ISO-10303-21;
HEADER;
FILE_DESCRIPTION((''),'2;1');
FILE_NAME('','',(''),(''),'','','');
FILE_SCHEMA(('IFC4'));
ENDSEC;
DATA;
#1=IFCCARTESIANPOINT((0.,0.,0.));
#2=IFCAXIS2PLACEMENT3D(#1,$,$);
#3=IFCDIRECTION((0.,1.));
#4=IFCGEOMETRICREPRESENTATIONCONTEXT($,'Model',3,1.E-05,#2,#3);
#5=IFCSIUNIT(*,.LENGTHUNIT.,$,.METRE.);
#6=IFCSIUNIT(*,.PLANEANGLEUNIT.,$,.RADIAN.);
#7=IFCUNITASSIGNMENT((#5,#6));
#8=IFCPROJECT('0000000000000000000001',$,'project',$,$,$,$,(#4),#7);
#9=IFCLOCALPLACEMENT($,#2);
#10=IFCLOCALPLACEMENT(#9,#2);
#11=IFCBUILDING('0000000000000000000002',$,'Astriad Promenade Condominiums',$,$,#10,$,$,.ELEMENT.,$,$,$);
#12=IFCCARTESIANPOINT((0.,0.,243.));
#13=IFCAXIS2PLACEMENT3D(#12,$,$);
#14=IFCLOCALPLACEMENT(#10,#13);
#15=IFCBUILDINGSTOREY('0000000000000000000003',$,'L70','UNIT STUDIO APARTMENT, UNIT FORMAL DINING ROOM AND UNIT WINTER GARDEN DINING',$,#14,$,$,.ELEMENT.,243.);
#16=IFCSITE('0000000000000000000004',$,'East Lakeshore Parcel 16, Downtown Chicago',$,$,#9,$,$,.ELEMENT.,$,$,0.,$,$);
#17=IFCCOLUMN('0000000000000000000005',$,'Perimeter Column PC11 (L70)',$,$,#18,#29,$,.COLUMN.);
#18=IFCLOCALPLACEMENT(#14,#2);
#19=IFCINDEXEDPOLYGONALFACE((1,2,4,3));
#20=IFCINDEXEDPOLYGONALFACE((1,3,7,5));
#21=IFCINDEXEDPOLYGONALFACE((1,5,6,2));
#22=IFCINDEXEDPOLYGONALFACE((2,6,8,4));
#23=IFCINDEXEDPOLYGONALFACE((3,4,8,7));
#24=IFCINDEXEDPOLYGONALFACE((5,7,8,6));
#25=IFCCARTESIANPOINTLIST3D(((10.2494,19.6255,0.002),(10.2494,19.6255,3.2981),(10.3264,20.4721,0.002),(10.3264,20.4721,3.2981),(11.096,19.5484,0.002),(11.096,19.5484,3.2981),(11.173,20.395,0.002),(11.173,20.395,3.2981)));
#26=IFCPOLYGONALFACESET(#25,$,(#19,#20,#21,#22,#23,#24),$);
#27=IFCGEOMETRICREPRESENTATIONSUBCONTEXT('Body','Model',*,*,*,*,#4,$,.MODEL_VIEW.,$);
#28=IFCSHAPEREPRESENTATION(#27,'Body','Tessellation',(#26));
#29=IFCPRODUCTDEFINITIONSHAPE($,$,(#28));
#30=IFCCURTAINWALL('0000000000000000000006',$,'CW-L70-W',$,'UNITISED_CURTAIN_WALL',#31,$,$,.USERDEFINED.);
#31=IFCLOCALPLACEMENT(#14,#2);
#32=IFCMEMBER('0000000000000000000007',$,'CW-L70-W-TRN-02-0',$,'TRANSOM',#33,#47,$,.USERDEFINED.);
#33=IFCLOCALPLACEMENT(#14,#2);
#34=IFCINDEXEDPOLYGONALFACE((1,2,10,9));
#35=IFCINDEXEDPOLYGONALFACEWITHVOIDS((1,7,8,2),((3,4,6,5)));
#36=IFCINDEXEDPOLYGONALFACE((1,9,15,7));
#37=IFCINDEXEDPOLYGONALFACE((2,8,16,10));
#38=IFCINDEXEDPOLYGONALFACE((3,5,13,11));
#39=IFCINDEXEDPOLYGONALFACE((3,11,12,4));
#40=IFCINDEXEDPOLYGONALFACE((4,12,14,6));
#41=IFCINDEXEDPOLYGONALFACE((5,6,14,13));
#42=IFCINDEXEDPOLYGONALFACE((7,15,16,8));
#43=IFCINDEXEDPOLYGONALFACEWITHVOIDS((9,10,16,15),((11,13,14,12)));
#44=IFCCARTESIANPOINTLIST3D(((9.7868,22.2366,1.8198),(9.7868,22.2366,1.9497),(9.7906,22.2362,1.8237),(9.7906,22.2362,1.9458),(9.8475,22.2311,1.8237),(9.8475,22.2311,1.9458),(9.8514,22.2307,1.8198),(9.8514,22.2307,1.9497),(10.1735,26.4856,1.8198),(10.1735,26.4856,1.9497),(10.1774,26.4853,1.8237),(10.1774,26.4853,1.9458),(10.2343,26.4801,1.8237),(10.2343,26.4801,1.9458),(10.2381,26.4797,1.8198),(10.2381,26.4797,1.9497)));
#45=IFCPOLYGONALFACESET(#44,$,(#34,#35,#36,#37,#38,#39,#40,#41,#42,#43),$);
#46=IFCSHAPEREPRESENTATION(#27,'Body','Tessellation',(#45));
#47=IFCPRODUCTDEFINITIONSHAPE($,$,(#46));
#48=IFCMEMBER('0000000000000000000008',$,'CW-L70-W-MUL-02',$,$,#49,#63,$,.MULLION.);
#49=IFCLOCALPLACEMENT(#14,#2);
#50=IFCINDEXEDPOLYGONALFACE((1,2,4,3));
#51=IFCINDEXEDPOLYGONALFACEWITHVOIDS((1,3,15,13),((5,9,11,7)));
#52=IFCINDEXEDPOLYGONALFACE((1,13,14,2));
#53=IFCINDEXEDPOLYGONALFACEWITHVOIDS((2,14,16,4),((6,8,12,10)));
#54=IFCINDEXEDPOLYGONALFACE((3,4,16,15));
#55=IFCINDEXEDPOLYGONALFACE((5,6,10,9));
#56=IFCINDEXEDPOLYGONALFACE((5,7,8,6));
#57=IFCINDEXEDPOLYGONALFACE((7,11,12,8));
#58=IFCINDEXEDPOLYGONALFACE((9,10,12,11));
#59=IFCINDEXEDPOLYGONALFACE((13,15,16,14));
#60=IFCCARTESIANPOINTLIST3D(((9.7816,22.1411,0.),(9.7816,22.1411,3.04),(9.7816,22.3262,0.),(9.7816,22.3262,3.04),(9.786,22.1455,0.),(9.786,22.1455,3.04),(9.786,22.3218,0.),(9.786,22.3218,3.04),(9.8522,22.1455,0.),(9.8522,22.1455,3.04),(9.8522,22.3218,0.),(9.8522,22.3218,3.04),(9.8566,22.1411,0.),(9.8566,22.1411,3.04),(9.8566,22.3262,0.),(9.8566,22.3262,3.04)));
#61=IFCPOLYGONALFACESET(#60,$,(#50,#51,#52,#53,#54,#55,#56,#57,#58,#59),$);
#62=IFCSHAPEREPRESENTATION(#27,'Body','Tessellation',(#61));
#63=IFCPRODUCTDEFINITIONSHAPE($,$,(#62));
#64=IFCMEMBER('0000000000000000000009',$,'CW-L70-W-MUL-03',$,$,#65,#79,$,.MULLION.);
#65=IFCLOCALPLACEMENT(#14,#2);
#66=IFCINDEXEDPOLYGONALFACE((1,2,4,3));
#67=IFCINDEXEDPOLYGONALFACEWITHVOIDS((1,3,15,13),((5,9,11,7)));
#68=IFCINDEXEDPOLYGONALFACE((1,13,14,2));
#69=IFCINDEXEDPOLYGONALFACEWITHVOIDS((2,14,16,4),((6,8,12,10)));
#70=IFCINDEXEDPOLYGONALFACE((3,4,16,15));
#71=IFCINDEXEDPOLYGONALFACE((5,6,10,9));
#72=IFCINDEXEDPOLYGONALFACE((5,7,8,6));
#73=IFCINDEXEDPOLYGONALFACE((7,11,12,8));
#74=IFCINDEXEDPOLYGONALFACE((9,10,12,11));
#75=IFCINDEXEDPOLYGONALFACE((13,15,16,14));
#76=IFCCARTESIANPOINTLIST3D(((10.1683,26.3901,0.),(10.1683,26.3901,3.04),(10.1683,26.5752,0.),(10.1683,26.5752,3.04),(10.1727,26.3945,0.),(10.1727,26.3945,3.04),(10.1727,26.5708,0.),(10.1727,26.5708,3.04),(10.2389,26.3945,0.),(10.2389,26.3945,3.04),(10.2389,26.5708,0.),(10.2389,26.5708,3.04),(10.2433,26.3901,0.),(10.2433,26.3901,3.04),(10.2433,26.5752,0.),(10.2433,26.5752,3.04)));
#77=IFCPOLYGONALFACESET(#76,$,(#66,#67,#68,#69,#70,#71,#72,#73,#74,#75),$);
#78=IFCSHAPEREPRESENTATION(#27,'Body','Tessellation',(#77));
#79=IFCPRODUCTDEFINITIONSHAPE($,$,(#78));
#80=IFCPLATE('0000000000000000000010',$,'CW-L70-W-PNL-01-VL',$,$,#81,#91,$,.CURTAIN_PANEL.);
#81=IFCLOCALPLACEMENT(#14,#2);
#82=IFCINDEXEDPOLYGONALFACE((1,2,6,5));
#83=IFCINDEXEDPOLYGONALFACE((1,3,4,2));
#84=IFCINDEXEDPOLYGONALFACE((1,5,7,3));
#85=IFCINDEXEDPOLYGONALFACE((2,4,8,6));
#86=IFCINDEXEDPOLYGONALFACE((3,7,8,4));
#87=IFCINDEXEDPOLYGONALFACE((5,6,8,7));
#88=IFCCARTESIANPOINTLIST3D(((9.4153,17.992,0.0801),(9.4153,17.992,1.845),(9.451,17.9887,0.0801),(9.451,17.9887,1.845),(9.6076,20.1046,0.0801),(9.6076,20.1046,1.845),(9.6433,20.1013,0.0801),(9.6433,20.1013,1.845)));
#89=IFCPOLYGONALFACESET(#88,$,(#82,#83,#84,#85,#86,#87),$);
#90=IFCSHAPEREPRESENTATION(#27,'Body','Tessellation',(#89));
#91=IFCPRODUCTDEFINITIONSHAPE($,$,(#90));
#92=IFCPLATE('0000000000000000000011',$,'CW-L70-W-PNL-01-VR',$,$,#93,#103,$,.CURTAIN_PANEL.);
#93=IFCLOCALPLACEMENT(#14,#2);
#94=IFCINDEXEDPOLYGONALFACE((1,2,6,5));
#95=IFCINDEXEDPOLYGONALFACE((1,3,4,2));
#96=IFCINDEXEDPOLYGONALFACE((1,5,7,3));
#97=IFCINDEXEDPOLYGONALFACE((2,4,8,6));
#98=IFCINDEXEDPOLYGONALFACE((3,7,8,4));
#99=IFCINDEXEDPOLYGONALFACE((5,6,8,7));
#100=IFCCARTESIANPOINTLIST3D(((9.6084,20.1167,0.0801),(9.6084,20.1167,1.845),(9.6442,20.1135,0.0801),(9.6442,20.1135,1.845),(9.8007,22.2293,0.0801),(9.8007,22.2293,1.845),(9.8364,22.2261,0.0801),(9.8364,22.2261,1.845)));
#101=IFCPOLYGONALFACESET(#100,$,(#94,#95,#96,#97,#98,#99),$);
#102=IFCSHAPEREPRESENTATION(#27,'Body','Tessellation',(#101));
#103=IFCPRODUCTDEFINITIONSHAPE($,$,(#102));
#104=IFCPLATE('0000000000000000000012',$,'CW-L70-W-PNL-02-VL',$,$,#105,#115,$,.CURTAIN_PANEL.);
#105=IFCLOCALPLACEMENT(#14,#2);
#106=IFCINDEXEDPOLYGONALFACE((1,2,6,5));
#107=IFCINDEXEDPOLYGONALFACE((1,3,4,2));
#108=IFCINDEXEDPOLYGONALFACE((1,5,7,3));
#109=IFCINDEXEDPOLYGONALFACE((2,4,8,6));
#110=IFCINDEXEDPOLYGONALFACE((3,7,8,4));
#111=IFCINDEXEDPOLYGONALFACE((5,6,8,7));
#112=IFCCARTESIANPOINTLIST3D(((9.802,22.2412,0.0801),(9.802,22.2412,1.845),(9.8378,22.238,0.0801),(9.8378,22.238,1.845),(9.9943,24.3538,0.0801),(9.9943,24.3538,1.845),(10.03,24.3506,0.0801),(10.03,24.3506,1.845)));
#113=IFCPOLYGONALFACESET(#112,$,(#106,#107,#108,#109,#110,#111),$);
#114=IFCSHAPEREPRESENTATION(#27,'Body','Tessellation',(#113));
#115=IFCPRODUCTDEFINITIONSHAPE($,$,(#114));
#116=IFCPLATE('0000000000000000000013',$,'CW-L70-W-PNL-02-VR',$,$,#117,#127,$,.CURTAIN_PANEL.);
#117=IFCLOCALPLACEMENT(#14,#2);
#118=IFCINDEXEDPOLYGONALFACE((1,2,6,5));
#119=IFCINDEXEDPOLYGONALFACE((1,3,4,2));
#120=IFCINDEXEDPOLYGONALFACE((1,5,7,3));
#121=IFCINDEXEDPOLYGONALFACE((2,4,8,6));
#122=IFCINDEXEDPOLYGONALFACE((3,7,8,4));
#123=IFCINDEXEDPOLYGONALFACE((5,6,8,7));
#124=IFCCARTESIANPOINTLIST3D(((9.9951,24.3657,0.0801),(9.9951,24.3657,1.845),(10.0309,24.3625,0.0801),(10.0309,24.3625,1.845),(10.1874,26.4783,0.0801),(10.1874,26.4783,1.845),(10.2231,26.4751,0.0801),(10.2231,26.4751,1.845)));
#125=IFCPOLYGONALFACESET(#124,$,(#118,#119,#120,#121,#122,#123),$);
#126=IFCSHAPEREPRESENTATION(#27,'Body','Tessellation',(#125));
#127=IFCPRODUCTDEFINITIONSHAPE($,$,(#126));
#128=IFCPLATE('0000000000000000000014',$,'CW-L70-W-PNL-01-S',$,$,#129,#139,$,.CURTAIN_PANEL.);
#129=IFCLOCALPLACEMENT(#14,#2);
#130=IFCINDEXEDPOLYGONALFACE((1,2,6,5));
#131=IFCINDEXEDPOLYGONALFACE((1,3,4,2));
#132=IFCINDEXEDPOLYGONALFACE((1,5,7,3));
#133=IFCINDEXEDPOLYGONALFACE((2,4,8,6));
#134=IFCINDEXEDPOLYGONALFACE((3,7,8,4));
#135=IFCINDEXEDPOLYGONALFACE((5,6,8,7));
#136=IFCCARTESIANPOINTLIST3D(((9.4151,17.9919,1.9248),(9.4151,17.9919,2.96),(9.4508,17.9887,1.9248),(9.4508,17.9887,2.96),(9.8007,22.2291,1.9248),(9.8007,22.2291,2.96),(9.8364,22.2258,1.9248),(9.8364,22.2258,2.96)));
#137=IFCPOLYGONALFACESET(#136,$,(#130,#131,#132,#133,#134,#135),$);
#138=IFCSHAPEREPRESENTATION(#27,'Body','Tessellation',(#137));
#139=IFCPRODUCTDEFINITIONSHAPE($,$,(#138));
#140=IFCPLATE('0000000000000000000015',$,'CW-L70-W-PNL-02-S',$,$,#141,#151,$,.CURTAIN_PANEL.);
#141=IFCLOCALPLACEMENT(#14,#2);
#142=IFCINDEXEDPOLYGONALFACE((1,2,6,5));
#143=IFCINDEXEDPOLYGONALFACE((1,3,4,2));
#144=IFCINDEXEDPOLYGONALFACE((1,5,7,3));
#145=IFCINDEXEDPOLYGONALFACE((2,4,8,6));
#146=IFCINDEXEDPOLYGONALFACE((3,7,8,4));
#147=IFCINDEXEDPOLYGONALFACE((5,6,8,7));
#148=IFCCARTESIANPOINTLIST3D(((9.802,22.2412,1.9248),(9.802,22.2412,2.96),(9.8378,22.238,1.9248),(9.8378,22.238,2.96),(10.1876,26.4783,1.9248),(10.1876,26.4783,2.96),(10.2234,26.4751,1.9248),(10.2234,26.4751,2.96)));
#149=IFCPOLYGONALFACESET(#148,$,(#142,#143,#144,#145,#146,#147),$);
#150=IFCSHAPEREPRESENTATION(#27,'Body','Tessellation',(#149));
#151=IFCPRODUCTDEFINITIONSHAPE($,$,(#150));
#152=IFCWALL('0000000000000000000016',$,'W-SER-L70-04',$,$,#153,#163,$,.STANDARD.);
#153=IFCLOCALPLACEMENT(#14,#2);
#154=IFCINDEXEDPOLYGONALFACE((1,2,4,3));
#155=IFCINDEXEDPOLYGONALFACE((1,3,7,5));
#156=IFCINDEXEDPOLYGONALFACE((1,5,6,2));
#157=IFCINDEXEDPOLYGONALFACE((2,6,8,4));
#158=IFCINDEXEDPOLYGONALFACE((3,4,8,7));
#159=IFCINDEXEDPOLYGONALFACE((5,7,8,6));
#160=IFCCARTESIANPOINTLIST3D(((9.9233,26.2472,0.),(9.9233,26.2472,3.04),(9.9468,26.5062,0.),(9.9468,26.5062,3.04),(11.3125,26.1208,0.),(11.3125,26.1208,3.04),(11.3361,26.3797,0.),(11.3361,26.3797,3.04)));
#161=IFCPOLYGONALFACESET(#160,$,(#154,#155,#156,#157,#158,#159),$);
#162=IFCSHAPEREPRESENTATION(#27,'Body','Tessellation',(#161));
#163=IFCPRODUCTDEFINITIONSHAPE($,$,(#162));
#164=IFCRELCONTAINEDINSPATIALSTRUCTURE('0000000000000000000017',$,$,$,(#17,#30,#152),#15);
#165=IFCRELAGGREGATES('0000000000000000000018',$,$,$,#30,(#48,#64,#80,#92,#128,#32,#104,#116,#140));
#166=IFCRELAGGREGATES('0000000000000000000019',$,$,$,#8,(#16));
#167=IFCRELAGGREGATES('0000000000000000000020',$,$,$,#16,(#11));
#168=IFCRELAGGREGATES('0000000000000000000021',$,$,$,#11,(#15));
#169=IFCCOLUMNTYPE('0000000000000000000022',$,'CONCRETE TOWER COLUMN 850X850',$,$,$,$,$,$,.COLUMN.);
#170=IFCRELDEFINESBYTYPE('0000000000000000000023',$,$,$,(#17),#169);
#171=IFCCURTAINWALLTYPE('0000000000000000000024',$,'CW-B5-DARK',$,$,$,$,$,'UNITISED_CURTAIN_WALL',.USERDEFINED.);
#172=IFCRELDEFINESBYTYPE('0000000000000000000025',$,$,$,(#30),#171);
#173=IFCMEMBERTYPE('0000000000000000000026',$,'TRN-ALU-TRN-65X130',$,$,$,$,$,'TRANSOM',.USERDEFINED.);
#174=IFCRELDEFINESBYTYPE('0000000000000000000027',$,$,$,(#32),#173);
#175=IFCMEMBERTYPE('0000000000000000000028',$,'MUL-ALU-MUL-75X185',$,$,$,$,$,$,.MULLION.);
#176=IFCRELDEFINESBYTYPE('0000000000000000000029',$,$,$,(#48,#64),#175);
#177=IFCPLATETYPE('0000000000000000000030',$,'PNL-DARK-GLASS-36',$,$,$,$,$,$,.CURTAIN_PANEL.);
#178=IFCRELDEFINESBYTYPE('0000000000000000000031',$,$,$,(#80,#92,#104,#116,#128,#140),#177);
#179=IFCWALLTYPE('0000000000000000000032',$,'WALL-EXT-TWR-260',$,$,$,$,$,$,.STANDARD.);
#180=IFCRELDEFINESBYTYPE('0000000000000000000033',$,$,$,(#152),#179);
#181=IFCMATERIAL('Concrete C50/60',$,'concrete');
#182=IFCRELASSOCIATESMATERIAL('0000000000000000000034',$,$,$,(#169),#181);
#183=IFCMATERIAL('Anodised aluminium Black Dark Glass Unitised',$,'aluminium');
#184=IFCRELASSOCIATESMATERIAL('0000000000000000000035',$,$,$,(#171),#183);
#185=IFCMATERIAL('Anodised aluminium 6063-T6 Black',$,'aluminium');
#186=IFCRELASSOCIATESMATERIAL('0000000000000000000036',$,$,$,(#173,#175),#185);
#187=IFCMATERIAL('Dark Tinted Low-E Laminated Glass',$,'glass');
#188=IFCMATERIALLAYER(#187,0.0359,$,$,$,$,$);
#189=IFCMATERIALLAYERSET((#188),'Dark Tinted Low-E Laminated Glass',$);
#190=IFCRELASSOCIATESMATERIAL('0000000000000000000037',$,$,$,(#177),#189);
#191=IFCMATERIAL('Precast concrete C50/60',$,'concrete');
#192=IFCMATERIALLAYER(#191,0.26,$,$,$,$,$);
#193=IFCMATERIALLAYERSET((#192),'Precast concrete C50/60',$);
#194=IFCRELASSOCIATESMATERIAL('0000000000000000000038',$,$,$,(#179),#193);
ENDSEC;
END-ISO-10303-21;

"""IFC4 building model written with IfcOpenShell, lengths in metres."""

from ifc_helpers import new_model, si_unit, direction, frame, frame_2d, origin, origin_2d, place, context, subcontext, project, spatial, rectangle, hollow_rectangle, extrude, source, transform, mapped, material, layer, layer_set, material_profile, profile_set, type_object, type_shapes, element, aggregate, save


model = new_model("IFC4")

# Units and contexts
model_context = context("Model", 3, precision=1e-05, world=origin(), true_north=direction((0.0, 1.0)))
body_context = subcontext(model_context, "Body", "Model", "MODEL_VIEW")
ifc_project = project(units=[si_unit("LENGTHUNIT", "METRE"), si_unit("PLANEANGLEUNIT", "RADIAN")], contexts=[model_context])

# Site, building, storey
site_placement = place(None, origin())
site = spatial("IfcSite", under=ifc_project, at=site_placement, Name="East Lakeshore Parcel 16, Downtown Chicago", CompositionType="ELEMENT", RefElevation=0.0)
building_placement = place(site_placement, origin())
building = spatial("IfcBuilding", under=site, at=building_placement, Name="Astriad Promenade Condominiums", CompositionType="ELEMENT")
storey_placement = place(building_placement, frame((0.0, 0.0, 243.0)))
storey = spatial("IfcBuildingStorey", under=building, at=storey_placement, Name="L70", Description="UNIT STUDIO APARTMENT, UNIT FORMAL DINING ROOM AND UNIT WINTER GARDEN DINING", CompositionType="ELEMENT", Elevation=243.0)

# Column
ifc_material_1 = material(Name="Concrete C50/60", Category="concrete")
ifc_material_profile_1 = material_profile(ifc_material_1, rectangle(XDim=0.8501, YDim=0.8501, at=origin_2d()), Name="RC-COL-850X850")
ifc_profile_set_1 = profile_set([ifc_material_profile_1], Name="Concrete C50/60")
column_type = type_object("IfcColumnType", Name="CONCRETE TOWER COLUMN 850X850", PredefinedType="COLUMN", material=ifc_profile_set_1)
shared_shape_1 = source(origin(), body_context, "Body", "SweptSolid", [
    extrude(rectangle(XDim=0.8501, YDim=0.8501, at=origin_2d()), origin(), (0.0, 0.0, 1.0), 3.2961),
])
type_shapes(column_type, [shared_shape_1])
column_placement = place(storey_placement, frame((10.7112, 20.0103, 0.002), z_axis=(0.0, 0.0, 1.0), x_axis=(0.995884, -0.090633, 0.0)))
element("IfcColumn", 1, at=column_placement, inside=storey, type_object=column_type, Name="Perimeter Column PC11 (L70)", PredefinedType="COLUMN", context=body_context, shape_type="MappedRepresentation", body=[
    mapped(shared_shape_1, transform((0.0, 0.0, 0.0), scale=1.0)),
])

# Curtain wall, members, plates
ifc_material_2 = material(Name="Anodised aluminium Black Dark Glass Unitised", Category="aluminium")
curtain_wall_type = type_object("IfcCurtainWallType", Name="CW-B5-DARK", ElementType="UNITISED_CURTAIN_WALL", PredefinedType="USERDEFINED", material=ifc_material_2)
curtain_wall_placement = place(storey_placement, origin())
curtain_wall = element("IfcCurtainWall", 2, at=curtain_wall_placement, inside=storey, type_object=curtain_wall_type, Name="CW-L70-W", ObjectType="UNITISED_CURTAIN_WALL", PredefinedType="USERDEFINED")
ifc_material_3 = material(Name="Anodised aluminium 6063-T6 Black", Category="aluminium")
ifc_material_profile_2 = material_profile(ifc_material_3, hollow_rectangle(XDim=0.0649, YDim=0.1299, WallThickness=0.0039, at=origin_2d()), Name="ALU-TRN-65X130")
ifc_profile_set_2 = profile_set([ifc_material_profile_2], Name="Anodised aluminium 6063-T6 Black")
member_type_1 = type_object("IfcMemberType", Name="TRN-ALU-TRN-65X130", ElementType="TRANSOM", PredefinedType="USERDEFINED", material=ifc_profile_set_2)
shared_shape_2 = source(origin(), body_context, "Body", "SweptSolid", [
    extrude(hollow_rectangle(XDim=0.0649, YDim=0.1299, WallThickness=0.0039, at=origin_2d()), origin(), (0.0, 0.0, 1.0), 4.2666),
])
type_shapes(member_type_1, [shared_shape_2])
member_1_placement = place(storey_placement, frame((9.8191, 22.2336, 1.8848), z_axis=(0.090639, 0.995884, 0.0), x_axis=(-0.995884, 0.090639, 0.0)))
member_1 = element("IfcMember", 3, at=member_1_placement, type_object=member_type_1, Name="CW-L70-W-TRN-02-0", ObjectType="TRANSOM", PredefinedType="USERDEFINED", context=body_context, shape_type="MappedRepresentation", body=[
    mapped(shared_shape_2, transform((0.0, 0.0, 0.0), scale=1.0)),
])
ifc_material_profile_3 = material_profile(ifc_material_3, hollow_rectangle(XDim=0.075, YDim=0.1851, WallThickness=0.0044, at=origin_2d()), Name="ALU-MUL-75X185")
ifc_profile_set_3 = profile_set([ifc_material_profile_3], Name="Anodised aluminium 6063-T6 Black")
member_type_2 = type_object("IfcMemberType", Name="MUL-ALU-MUL-75X185", PredefinedType="MULLION", material=ifc_profile_set_3)
shared_shape_3 = source(origin(), body_context, "Body", "SweptSolid", [
    extrude(hollow_rectangle(XDim=0.075, YDim=0.1851, WallThickness=0.0044, at=origin_2d()), origin(), (0.0, 0.0, 1.0), 3.04),
])
type_shapes(member_type_2, [shared_shape_3])
member_2_placement = place(storey_placement, frame((9.8191, 22.2336, 0.0), z_axis=(0.0, 0.0, 1.0), x_axis=(1.0, 0.0, 0.0)))
member_2 = element("IfcMember", 4, at=member_2_placement, type_object=member_type_2, Name="CW-L70-W-MUL-02", PredefinedType="MULLION", context=body_context, shape_type="MappedRepresentation", body=[
    mapped(shared_shape_3, transform((0.0, 0.0, 0.0), scale=1.0)),
])
member_3_placement = place(storey_placement, frame((10.2058, 26.4827, 0.0), z_axis=(0.0, 0.0, 1.0), x_axis=(1.0, 0.0, 0.0)))
member_3 = element("IfcMember", 5, at=member_3_placement, type_object=member_type_2, Name="CW-L70-W-MUL-03", PredefinedType="MULLION", context=body_context, shape_type="MappedRepresentation", body=[
    mapped(shared_shape_3, transform((0.0, 0.0, 0.0), scale=1.0)),
])
ifc_material_4 = material(Name="Dark Tinted Low-E Laminated Glass", Category="glass")
ifc_layer_1 = layer(ifc_material_4, 0.0359)
ifc_layer_set_1 = layer_set([ifc_layer_1], Name="Dark Tinted Low-E Laminated Glass")
plate_type = type_object("IfcPlateType", Name="PNL-DARK-GLASS-36", PredefinedType="CURTAIN_PANEL", material=ifc_layer_set_1)
shared_shape_4 = source(origin(), body_context, "Body", "SweptSolid", [
    extrude(rectangle(XDim=2.1213, YDim=0.0359, at=origin_2d()), origin(), (0.0, 0.0, 1.0), 1.7649),
])
plate_1_placement = place(storey_placement, frame((9.5293, 19.0466, 0.0801), z_axis=(0.0, 0.0, 1.0), x_axis=(0.090633, 0.995884, 0.0)))
plate_1 = element("IfcPlate", 6, at=plate_1_placement, type_object=plate_type, Name="CW-L70-W-PNL-01-VL", PredefinedType="CURTAIN_PANEL", context=body_context, shape_type="MappedRepresentation", body=[
    mapped(shared_shape_4, transform((0.0, 0.0, 0.0), scale=1.0)),
])
plate_2_placement = place(storey_placement, frame((9.7224, 21.1714, 0.0801), z_axis=(0.0, 0.0, 1.0), x_axis=(0.090633, 0.995884, 0.0)))
plate_2 = element("IfcPlate", 7, at=plate_2_placement, type_object=plate_type, Name="CW-L70-W-PNL-01-VR", PredefinedType="CURTAIN_PANEL", context=body_context, shape_type="MappedRepresentation", body=[
    mapped(shared_shape_4, transform((0.0, 0.0, 0.0), scale=1.0)),
])
plate_3_placement = place(storey_placement, frame((9.916, 23.2959, 0.0801), z_axis=(0.0, 0.0, 1.0), x_axis=(0.090633, 0.995884, 0.0)))
plate_3 = element("IfcPlate", 8, at=plate_3_placement, type_object=plate_type, Name="CW-L70-W-PNL-02-VL", PredefinedType="CURTAIN_PANEL", context=body_context, shape_type="MappedRepresentation", body=[
    mapped(shared_shape_4, transform((0.0, 0.0, 0.0), scale=1.0)),
])
plate_4_placement = place(storey_placement, frame((10.1091, 25.4204, 0.0801), z_axis=(0.0, 0.0, 1.0), x_axis=(0.090633, 0.995884, 0.0)))
plate_4 = element("IfcPlate", 9, at=plate_4_placement, type_object=plate_type, Name="CW-L70-W-PNL-02-VR", PredefinedType="CURTAIN_PANEL", context=body_context, shape_type="MappedRepresentation", body=[
    mapped(shared_shape_4, transform((0.0, 0.0, 0.0), scale=1.0)),
])
shared_shape_5 = source(origin(), body_context, "Body", "SweptSolid", [
    extrude(rectangle(XDim=4.2546, YDim=0.0359, at=origin_2d()), origin(), (0.0, 0.0, 1.0), 1.0352),
])
type_shapes(plate_type, [shared_shape_4, shared_shape_5])
plate_5_placement = place(storey_placement, frame((9.6257, 20.1089, 1.9248), z_axis=(0.0, 0.0, 1.0), x_axis=(0.090633, 0.995884, 0.0)))
plate_5 = element("IfcPlate", 10, at=plate_5_placement, type_object=plate_type, Name="CW-L70-W-PNL-01-S", PredefinedType="CURTAIN_PANEL", context=body_context, shape_type="MappedRepresentation", body=[
    mapped(shared_shape_5, transform((0.0, 0.0, 0.0), scale=1.0)),
])
plate_6_placement = place(storey_placement, frame((10.0127, 24.3582, 1.9248), z_axis=(0.0, 0.0, 1.0), x_axis=(0.090633, 0.995884, 0.0)))
plate_6 = element("IfcPlate", 11, at=plate_6_placement, type_object=plate_type, Name="CW-L70-W-PNL-02-S", PredefinedType="CURTAIN_PANEL", context=body_context, shape_type="MappedRepresentation", body=[
    mapped(shared_shape_5, transform((0.0, 0.0, 0.0), scale=1.0)),
])
aggregate(curtain_wall, [member_2, member_3, plate_1, plate_2, plate_5, member_1, plate_3, plate_4, plate_6])

# Wall
ifc_material_5 = material(Name="Precast concrete C50/60", Category="concrete")
ifc_layer_2 = layer(ifc_material_5, 0.26)
ifc_layer_set_2 = layer_set([ifc_layer_2], Name="Precast concrete C50/60")
wall_type_1 = type_object("IfcWallType", Name="WALL-EXT-TWR-260", PredefinedType="STANDARD", material=ifc_layer_set_2)
wall_1_placement = place(storey_placement, frame((9.9351, 26.3767, 0.0), z_axis=(0.0, 0.0, 1.0), x_axis=(0.995882, -0.090662, 0.0)))
element("IfcWall", 12, at=wall_1_placement, inside=storey, type_object=wall_type_1, Name="W-SER-L70-04", PredefinedType="STANDARD", context=body_context, shape_type="SweptSolid", body=[
    extrude(rectangle(XDim=1.395, YDim=0.26, at=frame_2d((0.6975, 0.0))), origin(), (0.0, 0.0, 1.0), 3.04),
])

save(model, "model.ifc")
